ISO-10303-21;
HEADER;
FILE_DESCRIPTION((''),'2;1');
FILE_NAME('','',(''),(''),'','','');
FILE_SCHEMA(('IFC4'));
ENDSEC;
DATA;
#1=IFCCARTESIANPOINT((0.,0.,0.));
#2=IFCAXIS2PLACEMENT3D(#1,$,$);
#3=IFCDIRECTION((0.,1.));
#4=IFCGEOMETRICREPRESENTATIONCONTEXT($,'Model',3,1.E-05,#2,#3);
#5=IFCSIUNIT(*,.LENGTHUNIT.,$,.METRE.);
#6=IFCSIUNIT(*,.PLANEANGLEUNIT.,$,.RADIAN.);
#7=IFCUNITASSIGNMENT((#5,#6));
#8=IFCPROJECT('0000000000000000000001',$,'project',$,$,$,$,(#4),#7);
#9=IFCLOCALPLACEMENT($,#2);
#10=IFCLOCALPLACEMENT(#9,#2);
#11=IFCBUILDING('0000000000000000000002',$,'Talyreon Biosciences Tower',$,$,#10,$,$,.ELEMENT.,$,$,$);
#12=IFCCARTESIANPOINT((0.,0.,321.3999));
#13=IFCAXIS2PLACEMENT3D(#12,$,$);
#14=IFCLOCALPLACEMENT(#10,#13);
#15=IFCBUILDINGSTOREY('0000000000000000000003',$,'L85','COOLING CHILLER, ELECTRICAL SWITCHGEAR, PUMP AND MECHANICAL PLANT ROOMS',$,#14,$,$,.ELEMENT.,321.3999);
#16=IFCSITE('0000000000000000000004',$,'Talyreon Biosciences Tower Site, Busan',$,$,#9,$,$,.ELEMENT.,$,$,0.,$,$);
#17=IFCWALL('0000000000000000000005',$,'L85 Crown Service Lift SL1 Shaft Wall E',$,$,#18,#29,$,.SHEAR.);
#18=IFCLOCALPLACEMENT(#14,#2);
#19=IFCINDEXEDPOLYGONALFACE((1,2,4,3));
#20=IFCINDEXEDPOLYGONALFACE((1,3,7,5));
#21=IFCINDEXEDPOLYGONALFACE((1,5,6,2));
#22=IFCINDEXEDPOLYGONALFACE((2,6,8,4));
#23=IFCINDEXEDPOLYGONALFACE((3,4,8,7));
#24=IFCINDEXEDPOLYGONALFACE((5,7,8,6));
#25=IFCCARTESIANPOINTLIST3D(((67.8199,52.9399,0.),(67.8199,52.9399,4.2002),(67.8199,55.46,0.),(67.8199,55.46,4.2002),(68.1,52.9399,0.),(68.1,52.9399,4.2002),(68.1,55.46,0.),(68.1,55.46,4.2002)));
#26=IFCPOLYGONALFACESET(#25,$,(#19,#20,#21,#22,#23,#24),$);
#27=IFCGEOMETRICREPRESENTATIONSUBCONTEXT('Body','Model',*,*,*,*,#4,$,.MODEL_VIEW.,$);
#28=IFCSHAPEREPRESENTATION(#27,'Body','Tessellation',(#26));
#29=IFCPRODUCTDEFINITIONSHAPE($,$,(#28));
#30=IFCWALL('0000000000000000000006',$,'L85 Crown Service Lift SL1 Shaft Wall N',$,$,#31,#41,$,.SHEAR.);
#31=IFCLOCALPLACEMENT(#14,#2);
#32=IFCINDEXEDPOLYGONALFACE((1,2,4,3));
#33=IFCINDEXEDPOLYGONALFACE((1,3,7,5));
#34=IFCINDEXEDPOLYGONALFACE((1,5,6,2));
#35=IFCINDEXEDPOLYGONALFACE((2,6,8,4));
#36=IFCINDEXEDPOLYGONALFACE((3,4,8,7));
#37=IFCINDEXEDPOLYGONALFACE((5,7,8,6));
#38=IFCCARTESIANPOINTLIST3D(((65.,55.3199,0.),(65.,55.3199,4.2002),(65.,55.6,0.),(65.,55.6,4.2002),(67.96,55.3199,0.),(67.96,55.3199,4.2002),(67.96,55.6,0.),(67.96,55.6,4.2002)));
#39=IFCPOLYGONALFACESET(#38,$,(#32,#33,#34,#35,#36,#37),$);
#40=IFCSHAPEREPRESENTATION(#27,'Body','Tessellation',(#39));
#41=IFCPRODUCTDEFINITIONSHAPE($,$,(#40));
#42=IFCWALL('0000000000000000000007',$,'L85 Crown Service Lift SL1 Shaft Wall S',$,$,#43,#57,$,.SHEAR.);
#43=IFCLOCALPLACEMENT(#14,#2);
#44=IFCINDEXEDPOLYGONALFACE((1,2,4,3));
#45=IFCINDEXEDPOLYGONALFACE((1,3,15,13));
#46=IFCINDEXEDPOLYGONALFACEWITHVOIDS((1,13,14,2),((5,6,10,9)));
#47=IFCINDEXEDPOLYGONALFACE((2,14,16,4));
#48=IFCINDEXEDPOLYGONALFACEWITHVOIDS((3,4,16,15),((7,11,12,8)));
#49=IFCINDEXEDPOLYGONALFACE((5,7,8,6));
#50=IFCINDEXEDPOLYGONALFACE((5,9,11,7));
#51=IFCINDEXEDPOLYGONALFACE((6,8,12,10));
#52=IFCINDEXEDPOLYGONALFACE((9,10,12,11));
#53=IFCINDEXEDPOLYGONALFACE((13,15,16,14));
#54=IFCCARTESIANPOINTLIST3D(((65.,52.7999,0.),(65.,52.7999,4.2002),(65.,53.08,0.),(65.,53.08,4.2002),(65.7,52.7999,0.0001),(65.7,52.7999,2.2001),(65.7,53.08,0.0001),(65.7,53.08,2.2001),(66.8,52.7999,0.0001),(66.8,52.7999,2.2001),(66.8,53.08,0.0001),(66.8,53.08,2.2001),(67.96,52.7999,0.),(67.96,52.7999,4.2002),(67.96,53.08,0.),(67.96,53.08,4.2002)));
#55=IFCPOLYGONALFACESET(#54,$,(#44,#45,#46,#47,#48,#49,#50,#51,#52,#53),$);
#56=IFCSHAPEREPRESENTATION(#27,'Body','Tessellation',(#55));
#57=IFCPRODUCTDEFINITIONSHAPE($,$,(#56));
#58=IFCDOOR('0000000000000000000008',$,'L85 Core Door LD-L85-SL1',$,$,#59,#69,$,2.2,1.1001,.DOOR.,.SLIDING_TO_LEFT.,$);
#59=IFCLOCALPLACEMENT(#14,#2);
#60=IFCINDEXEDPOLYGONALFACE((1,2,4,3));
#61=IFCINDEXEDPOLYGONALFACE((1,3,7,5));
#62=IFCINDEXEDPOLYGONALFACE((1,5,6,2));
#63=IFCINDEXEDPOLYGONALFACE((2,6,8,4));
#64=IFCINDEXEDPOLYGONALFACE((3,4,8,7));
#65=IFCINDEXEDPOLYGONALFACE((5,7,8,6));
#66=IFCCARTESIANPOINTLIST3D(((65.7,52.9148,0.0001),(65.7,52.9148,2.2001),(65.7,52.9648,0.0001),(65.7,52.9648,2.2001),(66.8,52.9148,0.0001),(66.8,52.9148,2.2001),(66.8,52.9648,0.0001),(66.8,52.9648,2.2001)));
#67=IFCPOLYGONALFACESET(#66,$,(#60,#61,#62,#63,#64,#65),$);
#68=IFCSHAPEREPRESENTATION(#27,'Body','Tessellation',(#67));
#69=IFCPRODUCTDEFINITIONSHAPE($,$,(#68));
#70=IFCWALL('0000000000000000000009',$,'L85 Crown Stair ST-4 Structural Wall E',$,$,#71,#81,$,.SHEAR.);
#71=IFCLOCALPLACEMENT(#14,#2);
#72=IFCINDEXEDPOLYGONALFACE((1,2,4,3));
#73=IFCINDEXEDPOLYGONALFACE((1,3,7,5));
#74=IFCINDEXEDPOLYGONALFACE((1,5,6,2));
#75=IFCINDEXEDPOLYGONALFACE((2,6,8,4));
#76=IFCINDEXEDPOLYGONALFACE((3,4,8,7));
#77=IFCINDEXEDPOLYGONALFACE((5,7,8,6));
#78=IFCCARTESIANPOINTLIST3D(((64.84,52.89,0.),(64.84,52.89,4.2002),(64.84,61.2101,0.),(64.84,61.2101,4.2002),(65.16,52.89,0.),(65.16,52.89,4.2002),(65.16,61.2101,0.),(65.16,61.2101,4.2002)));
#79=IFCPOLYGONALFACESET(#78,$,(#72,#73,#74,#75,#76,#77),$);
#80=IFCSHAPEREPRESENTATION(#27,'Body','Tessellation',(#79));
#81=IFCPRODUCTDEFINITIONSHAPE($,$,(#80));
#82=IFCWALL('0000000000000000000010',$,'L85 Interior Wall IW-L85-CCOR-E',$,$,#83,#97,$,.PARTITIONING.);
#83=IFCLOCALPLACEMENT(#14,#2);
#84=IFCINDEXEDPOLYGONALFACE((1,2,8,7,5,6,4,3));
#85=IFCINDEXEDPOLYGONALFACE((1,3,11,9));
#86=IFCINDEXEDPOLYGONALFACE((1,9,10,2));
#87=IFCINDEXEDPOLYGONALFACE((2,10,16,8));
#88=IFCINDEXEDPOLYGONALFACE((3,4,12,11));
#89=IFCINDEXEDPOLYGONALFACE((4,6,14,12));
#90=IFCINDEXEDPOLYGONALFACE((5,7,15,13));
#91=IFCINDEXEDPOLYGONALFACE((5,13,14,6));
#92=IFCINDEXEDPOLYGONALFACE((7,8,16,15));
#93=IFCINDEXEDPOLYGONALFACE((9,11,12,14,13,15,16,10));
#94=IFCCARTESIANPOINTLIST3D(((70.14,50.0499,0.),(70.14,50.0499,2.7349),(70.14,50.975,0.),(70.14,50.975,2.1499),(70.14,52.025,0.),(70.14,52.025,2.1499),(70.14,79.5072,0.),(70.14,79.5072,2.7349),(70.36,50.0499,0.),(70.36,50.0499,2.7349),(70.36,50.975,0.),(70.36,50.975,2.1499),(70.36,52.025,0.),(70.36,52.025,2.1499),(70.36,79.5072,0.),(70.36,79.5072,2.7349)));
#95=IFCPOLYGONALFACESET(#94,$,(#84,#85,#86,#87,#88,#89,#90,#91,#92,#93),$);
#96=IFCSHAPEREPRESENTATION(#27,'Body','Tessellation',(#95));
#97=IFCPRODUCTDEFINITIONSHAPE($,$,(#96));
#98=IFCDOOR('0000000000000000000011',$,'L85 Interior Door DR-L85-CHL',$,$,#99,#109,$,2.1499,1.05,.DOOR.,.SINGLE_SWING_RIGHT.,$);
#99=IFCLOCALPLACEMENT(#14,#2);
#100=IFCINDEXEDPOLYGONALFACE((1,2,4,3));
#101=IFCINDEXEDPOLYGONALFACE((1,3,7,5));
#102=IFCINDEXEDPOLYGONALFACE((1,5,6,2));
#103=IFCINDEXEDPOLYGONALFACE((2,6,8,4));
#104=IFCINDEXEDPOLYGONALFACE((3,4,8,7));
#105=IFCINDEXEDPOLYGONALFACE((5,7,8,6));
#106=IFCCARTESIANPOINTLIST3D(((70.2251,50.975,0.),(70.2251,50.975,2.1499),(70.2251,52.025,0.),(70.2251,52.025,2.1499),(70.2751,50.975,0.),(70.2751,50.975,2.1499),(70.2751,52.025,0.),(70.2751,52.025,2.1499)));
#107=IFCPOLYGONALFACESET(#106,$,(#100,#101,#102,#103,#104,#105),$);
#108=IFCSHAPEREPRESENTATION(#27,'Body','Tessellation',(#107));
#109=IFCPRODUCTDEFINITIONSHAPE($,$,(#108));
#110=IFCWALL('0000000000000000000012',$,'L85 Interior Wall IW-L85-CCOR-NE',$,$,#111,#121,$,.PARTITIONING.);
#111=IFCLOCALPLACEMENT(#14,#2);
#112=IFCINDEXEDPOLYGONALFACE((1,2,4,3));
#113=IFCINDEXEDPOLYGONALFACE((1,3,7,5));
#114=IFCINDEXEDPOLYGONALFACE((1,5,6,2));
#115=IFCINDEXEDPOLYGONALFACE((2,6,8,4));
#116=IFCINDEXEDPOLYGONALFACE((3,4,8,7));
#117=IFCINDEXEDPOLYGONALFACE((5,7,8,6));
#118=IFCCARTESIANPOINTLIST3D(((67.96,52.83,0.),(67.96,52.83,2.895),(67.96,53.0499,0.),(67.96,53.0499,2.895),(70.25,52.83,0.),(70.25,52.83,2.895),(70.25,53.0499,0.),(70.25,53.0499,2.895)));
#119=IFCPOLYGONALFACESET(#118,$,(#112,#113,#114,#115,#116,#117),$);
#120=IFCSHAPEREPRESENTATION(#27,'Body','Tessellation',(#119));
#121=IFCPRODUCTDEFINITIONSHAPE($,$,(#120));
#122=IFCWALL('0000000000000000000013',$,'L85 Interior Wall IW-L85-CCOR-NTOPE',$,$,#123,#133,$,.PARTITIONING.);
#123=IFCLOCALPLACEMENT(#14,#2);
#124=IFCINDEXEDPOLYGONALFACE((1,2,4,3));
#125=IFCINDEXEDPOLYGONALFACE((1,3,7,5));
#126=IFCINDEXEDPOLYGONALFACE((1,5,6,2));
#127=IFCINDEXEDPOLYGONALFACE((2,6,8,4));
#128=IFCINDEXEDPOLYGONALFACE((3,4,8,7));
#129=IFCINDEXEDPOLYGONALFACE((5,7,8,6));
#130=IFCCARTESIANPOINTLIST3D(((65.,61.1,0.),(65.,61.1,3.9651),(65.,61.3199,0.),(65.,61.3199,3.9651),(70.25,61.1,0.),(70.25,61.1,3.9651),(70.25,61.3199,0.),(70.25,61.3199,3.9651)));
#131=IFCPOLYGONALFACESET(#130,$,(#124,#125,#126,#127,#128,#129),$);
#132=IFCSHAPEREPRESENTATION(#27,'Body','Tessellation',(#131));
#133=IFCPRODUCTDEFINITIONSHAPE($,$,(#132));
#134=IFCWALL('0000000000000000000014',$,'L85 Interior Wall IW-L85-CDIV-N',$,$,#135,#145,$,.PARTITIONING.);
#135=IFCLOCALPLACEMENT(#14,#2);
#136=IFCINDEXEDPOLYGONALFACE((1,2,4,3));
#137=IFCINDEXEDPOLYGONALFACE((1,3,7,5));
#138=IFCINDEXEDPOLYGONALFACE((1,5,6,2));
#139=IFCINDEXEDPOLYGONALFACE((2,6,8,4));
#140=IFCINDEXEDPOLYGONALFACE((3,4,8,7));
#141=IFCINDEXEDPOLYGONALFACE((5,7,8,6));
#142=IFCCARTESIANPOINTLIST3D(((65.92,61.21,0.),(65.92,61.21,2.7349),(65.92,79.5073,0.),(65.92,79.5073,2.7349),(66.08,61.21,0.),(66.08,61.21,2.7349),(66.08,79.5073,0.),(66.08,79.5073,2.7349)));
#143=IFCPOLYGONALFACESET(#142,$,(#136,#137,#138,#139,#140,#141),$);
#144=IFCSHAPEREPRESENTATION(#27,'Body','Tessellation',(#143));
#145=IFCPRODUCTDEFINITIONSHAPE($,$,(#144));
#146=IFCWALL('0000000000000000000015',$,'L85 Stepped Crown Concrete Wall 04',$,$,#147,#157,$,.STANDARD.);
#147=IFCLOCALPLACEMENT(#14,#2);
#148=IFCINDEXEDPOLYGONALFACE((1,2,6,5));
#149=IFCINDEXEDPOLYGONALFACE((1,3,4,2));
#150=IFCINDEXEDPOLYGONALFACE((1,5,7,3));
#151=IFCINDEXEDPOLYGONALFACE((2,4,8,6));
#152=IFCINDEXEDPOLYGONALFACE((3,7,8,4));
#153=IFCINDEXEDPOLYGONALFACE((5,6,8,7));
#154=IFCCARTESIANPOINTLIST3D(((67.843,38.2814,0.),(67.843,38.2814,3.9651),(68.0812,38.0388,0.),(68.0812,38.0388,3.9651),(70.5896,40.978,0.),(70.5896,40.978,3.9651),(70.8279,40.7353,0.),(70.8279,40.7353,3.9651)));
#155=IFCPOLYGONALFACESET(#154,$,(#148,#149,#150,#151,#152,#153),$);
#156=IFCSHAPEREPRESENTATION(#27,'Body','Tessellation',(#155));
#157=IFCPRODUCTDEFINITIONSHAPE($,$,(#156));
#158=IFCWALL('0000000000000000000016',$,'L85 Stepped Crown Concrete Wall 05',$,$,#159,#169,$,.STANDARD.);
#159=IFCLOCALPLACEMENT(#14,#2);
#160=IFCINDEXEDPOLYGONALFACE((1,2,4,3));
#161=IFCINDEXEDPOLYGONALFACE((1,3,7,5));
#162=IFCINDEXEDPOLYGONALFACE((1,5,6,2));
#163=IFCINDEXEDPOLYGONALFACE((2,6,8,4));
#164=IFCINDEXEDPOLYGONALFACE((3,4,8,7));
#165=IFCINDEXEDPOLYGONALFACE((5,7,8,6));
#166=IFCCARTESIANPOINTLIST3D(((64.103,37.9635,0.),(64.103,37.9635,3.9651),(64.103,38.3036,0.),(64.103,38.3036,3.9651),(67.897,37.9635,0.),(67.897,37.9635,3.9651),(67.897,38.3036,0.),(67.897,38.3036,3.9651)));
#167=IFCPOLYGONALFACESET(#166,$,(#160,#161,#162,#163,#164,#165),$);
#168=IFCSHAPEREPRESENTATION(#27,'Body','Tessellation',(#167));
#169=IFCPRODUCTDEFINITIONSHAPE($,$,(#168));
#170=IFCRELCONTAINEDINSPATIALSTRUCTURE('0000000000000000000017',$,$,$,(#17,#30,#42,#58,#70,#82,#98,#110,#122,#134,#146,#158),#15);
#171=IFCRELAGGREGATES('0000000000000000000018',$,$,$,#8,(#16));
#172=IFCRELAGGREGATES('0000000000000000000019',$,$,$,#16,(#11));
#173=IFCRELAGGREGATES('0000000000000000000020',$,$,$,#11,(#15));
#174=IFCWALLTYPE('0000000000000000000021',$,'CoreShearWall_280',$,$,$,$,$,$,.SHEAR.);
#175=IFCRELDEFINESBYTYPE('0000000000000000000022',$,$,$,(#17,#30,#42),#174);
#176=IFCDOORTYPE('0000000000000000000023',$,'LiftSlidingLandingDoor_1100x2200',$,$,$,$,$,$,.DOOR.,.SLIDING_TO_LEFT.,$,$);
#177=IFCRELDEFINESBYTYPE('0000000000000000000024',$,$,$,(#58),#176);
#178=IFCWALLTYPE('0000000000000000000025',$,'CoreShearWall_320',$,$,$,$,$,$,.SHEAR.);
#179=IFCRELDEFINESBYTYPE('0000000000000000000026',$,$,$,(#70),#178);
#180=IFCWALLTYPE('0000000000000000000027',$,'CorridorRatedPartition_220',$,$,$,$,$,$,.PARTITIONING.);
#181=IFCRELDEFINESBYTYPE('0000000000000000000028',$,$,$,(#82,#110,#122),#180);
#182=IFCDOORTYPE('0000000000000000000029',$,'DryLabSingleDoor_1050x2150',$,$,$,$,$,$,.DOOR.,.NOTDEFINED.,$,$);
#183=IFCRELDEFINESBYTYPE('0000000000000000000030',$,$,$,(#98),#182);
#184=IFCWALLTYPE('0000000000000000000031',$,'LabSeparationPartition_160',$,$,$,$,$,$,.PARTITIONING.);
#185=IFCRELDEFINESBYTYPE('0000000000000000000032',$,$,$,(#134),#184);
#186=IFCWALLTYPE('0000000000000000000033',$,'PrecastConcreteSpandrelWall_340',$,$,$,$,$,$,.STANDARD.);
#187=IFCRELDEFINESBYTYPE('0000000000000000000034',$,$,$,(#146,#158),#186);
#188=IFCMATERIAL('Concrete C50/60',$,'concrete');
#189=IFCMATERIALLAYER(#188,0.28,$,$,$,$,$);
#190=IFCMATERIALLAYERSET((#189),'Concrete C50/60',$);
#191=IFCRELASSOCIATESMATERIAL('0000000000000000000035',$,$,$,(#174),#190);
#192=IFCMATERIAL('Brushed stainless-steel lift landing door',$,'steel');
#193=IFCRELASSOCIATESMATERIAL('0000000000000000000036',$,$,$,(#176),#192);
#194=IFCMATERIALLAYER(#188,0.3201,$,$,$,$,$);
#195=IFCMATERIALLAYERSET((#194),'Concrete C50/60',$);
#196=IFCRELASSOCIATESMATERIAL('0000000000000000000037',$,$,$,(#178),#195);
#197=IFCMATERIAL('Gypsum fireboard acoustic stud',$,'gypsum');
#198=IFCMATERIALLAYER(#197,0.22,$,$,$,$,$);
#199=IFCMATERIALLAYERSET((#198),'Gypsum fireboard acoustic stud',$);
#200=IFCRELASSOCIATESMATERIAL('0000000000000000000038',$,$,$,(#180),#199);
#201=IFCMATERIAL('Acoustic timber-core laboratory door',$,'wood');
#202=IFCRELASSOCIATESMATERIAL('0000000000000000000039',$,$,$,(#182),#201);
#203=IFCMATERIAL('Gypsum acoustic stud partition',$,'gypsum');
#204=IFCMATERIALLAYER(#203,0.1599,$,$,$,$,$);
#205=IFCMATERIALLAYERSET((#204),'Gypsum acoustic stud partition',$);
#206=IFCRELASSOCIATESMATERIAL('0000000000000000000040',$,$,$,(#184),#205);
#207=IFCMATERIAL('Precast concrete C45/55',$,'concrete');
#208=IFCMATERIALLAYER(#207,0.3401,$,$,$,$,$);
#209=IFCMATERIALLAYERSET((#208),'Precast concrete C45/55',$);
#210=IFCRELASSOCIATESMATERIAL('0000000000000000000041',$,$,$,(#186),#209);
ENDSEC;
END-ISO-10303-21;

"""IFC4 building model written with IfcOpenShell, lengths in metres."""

from ifc_helpers import new_model, si_unit, direction, frame, frame_2d, origin, place, context, subcontext, project, spatial, rectangle, extrude, material, layer, layer_set, type_object, element, fill, save


model = new_model("IFC4")

# Units and contexts
model_context = context("Model", 3, precision=1e-05, world=origin(), true_north=direction((0.0, 1.0)))
body_context = subcontext(model_context, "Body", "Model", "MODEL_VIEW")
ifc_project = project(units=[si_unit("LENGTHUNIT", "METRE"), si_unit("PLANEANGLEUNIT", "RADIAN")], contexts=[model_context])

# Site, building, storey
site_placement = place(None, origin())
site = spatial("IfcSite", under=ifc_project, at=site_placement, Name="Talyreon Biosciences Tower Site, Busan", CompositionType="ELEMENT", RefElevation=0.0)
building_placement = place(site_placement, origin())
building = spatial("IfcBuilding", under=site, at=building_placement, Name="Talyreon Biosciences Tower", CompositionType="ELEMENT")
storey_placement = place(building_placement, frame((0.0, 0.0, 321.3999)))
storey = spatial("IfcBuildingStorey", under=building, at=storey_placement, Name="L85", Description="COOLING CHILLER, ELECTRICAL SWITCHGEAR, PUMP AND MECHANICAL PLANT ROOMS", CompositionType="ELEMENT", Elevation=321.3999)

# Shared definitions
ifc_material_1 = material(Name="Concrete C50/60", Category="concrete")

# Walls
ifc_layer_1 = layer(ifc_material_1, 0.28)
ifc_layer_set_1 = layer_set([ifc_layer_1], Name="Concrete C50/60")
wall_type_1 = type_object("IfcWallType", Name="CoreShearWall_280", PredefinedType="SHEAR", material=ifc_layer_set_1)
wall_1_placement = place(storey_placement, frame((67.96, 52.9399, 0.0), z_axis=(0.0, 0.0, 1.0), x_axis=(0.0, 1.0, 0.0)))
element("IfcWall", 1, at=wall_1_placement, inside=storey, type_object=wall_type_1, Name="L85 Crown Service Lift SL1 Shaft Wall E", PredefinedType="SHEAR", context=body_context, shape_type="SweptSolid", body=[
    extrude(rectangle(XDim=2.52, YDim=0.28, at=frame_2d((1.26, 0.0))), origin(), (0.0, 0.0, 1.0), 4.2002),
])
wall_2_placement = place(storey_placement, frame((65.0, 55.46, 0.0), z_axis=(0.0, 0.0, 1.0), x_axis=(1.0, 0.0, 0.0)))
element("IfcWall", 2, at=wall_2_placement, inside=storey, type_object=wall_type_1, Name="L85 Crown Service Lift SL1 Shaft Wall N", PredefinedType="SHEAR", context=body_context, shape_type="SweptSolid", body=[
    extrude(rectangle(XDim=2.96, YDim=0.28, at=frame_2d((1.48, 0.0))), origin(), (0.0, 0.0, 1.0), 4.2002),
])

# Wall, opening, door
wall_3_placement = place(storey_placement, frame((65.0, 52.9399, 0.0), z_axis=(0.0, 0.0, 1.0), x_axis=(1.0, 0.0, 0.0)))
wall_3 = element("IfcWall", 3, at=wall_3_placement, inside=storey, type_object=wall_type_1, Name="L85 Crown Service Lift SL1 Shaft Wall S", PredefinedType="SHEAR", context=body_context, shape_type="SweptSolid", body=[
    extrude(rectangle(XDim=2.96, YDim=0.28, at=frame_2d((1.48, 0.0))), origin(), (0.0, 0.0, 1.0), 4.2002),
])
opening_1_placement = place(wall_3_placement, frame((0.7, 0.0, 0.0)))
opening_1 = element("IfcOpeningElement", 4, at=opening_1_placement, cuts=wall_3, PredefinedType="OPENING", context=body_context, shape_type="SweptSolid", body=[
    extrude(rectangle(XDim=1.1001, YDim=2.2, at=frame_2d((0.55, 1.1001))), frame((0.0, 0.1499, 0.0), z_axis=(0.0, -1.0, 0.0), x_axis=(1.0, 0.0, 0.0)), (0.0, 0.0, 1.0), 0.3),
])
ifc_material_2 = material(Name="Brushed stainless-steel lift landing door", Category="steel")
door_type_1 = type_object("IfcDoorType", Name="LiftSlidingLandingDoor_1100x2200", OperationType="SLIDING_TO_LEFT", PredefinedType="DOOR", material=ifc_material_2)
door_1_placement = place(opening_1_placement, origin())
door_1 = element("IfcDoor", 5, at=door_1_placement, inside=storey, type_object=door_type_1, Name="L85 Core Door LD-L85-SL1", OperationType="SLIDING_TO_LEFT", OverallHeight=2.2, OverallWidth=1.1001, PredefinedType="DOOR", context=body_context, shape_type="SweptSolid", body=[
    extrude(rectangle(XDim=1.1001, YDim=2.2, at=frame_2d((0.55, 1.1001))), frame((0.0, 0.0249, 0.0), z_axis=(0.0, -1.0, 0.0), x_axis=(1.0, 0.0, 0.0)), (0.0, 0.0, 1.0), 0.05),
])
fill(opening_1, door_1)

# Wall
ifc_layer_2 = layer(ifc_material_1, 0.3201)
ifc_layer_set_2 = layer_set([ifc_layer_2], Name="Concrete C50/60")
wall_type_2 = type_object("IfcWallType", Name="CoreShearWall_320", PredefinedType="SHEAR", material=ifc_layer_set_2)
wall_4_placement = place(storey_placement, frame((65.0, 52.8899, 0.0), z_axis=(0.0, 0.0, 1.0), x_axis=(0.0, 1.0, 0.0)))
element("IfcWall", 6, at=wall_4_placement, inside=storey, type_object=wall_type_2, Name="L85 Crown Stair ST-4 Structural Wall E", PredefinedType="SHEAR", context=body_context, shape_type="SweptSolid", body=[
    extrude(rectangle(XDim=8.3201, YDim=0.3201, at=frame_2d((4.1602, 0.0))), origin(), (0.0, 0.0, 1.0), 4.2002),
])

# Wall, opening, door
ifc_material_3 = material(Name="Gypsum fireboard acoustic stud", Category="gypsum")
ifc_layer_3 = layer(ifc_material_3, 0.22)
ifc_layer_set_3 = layer_set([ifc_layer_3], Name="Gypsum fireboard acoustic stud")
wall_type_3 = type_object("IfcWallType", Name="CorridorRatedPartition_220", PredefinedType="PARTITIONING", material=ifc_layer_set_3)
wall_5_placement = place(storey_placement, frame((70.25, 50.05, 0.0), z_axis=(0.0, 0.0, 1.0), x_axis=(0.0, 1.0, 0.0)))
wall_5 = element("IfcWall", 7, at=wall_5_placement, inside=storey, type_object=wall_type_3, Name="L85 Interior Wall IW-L85-CCOR-E", PredefinedType="PARTITIONING", context=body_context, shape_type="SweptSolid", body=[
    extrude(rectangle(XDim=29.4573, YDim=0.22, at=frame_2d((14.7285, 0.0))), origin(), (0.0, 0.0, 1.0), 2.7349),
])
opening_2_placement = place(wall_5_placement, frame((0.925, 0.0, 0.0)))
opening_2 = element("IfcOpeningElement", 8, at=opening_2_placement, cuts=wall_5, PredefinedType="OPENING", context=body_context, shape_type="SweptSolid", body=[
    extrude(rectangle(XDim=1.05, YDim=2.1499, at=frame_2d((0.5249, 1.075))), frame((0.0, 0.1199, 0.0), z_axis=(0.0, -1.0, 0.0), x_axis=(1.0, 0.0, 0.0)), (0.0, 0.0, 1.0), 0.24),
])
ifc_material_4 = material(Name="Acoustic timber-core laboratory door", Category="wood")
door_type_2 = type_object("IfcDoorType", Name="DryLabSingleDoor_1050x2150", OperationType="NOTDEFINED", PredefinedType="DOOR", material=ifc_material_4)
door_2_placement = place(opening_2_placement, origin())
door_2 = element("IfcDoor", 9, at=door_2_placement, inside=storey, type_object=door_type_2, Name="L85 Interior Door DR-L85-CHL", OperationType="SINGLE_SWING_RIGHT", OverallHeight=2.1499, OverallWidth=1.05, PredefinedType="DOOR", context=body_context, shape_type="SweptSolid", body=[
    extrude(rectangle(XDim=1.05, YDim=2.1499, at=frame_2d((0.5249, 1.075))), frame((0.0, 0.0249, 0.0), z_axis=(0.0, -1.0, 0.0), x_axis=(1.0, 0.0, 0.0)), (0.0, 0.0, 1.0), 0.05),
])
fill(opening_2, door_2)

# Walls
wall_6_placement = place(storey_placement, frame((67.96, 52.9399, 0.0), z_axis=(0.0, 0.0, 1.0), x_axis=(1.0, 0.0, 0.0)))
element("IfcWall", 10, at=wall_6_placement, inside=storey, type_object=wall_type_3, Name="L85 Interior Wall IW-L85-CCOR-NE", PredefinedType="PARTITIONING", context=body_context, shape_type="SweptSolid", body=[
    extrude(rectangle(XDim=2.29, YDim=0.22, at=frame_2d((1.145, 0.0))), origin(), (0.0, 0.0, 1.0), 2.895),
])
wall_7_placement = place(storey_placement, frame((65.0, 61.21, 0.0), z_axis=(0.0, 0.0, 1.0), x_axis=(1.0, 0.0, 0.0)))
element("IfcWall", 11, at=wall_7_placement, inside=storey, type_object=wall_type_3, Name="L85 Interior Wall IW-L85-CCOR-NTOPE", PredefinedType="PARTITIONING", context=body_context, shape_type="SweptSolid", body=[
    extrude(rectangle(XDim=5.25, YDim=0.22, at=frame_2d((2.625, 0.0))), origin(), (0.0, 0.0, 1.0), 3.9651),
])
ifc_material_5 = material(Name="Gypsum acoustic stud partition", Category="gypsum")
ifc_layer_4 = layer(ifc_material_5, 0.1599)
ifc_layer_set_4 = layer_set([ifc_layer_4], Name="Gypsum acoustic stud partition")
wall_type_4 = type_object("IfcWallType", Name="LabSeparationPartition_160", PredefinedType="PARTITIONING", material=ifc_layer_set_4)
wall_8_placement = place(storey_placement, frame((66.0, 61.21, 0.0), z_axis=(0.0, 0.0, 1.0), x_axis=(0.0, 1.0, 0.0)))
element("IfcWall", 12, at=wall_8_placement, inside=storey, type_object=wall_type_4, Name="L85 Interior Wall IW-L85-CDIV-N", PredefinedType="PARTITIONING", context=body_context, shape_type="SweptSolid", body=[
    extrude(rectangle(XDim=18.2974, YDim=0.1599, at=frame_2d((9.1487, 0.0))), origin(), (0.0, 0.0, 1.0), 2.7349),
])
ifc_material_6 = material(Name="Precast concrete C45/55", Category="concrete")
ifc_layer_5 = layer(ifc_material_6, 0.3401)
ifc_layer_set_5 = layer_set([ifc_layer_5], Name="Precast concrete C45/55")
wall_type_5 = type_object("IfcWallType", Name="PrecastConcreteSpandrelWall_340", PredefinedType="STANDARD", material=ifc_layer_set_5)
wall_9_placement = place(storey_placement, frame((70.7087, 40.8567, 0.0), z_axis=(0.0, 0.0, 1.0), x_axis=(-0.713578, -0.700575, 0.0)))
element("IfcWall", 13, at=wall_9_placement, inside=storey, type_object=wall_type_5, Name="L85 Stepped Crown Concrete Wall 04", PredefinedType="STANDARD", context=body_context, shape_type="SweptSolid", body=[
    extrude(rectangle(XDim=3.8491, YDim=0.3401, at=frame_2d((1.9246, 0.0))), origin(), (0.0, 0.0, 1.0), 3.9651),
])
wall_10_placement = place(storey_placement, frame((67.897, 38.1335, 0.0), z_axis=(0.0, 0.0, 1.0), x_axis=(-1.0, 0.0, 0.0)))
element("IfcWall", 14, at=wall_10_placement, inside=storey, type_object=wall_type_5, Name="L85 Stepped Crown Concrete Wall 05", PredefinedType="STANDARD", context=body_context, shape_type="SweptSolid", body=[
    extrude(rectangle(XDim=3.7939, YDim=0.3401, at=frame_2d((1.897, 0.0))), origin(), (0.0, 0.0, 1.0), 3.9651),
])

save(model, "model.ifc")
